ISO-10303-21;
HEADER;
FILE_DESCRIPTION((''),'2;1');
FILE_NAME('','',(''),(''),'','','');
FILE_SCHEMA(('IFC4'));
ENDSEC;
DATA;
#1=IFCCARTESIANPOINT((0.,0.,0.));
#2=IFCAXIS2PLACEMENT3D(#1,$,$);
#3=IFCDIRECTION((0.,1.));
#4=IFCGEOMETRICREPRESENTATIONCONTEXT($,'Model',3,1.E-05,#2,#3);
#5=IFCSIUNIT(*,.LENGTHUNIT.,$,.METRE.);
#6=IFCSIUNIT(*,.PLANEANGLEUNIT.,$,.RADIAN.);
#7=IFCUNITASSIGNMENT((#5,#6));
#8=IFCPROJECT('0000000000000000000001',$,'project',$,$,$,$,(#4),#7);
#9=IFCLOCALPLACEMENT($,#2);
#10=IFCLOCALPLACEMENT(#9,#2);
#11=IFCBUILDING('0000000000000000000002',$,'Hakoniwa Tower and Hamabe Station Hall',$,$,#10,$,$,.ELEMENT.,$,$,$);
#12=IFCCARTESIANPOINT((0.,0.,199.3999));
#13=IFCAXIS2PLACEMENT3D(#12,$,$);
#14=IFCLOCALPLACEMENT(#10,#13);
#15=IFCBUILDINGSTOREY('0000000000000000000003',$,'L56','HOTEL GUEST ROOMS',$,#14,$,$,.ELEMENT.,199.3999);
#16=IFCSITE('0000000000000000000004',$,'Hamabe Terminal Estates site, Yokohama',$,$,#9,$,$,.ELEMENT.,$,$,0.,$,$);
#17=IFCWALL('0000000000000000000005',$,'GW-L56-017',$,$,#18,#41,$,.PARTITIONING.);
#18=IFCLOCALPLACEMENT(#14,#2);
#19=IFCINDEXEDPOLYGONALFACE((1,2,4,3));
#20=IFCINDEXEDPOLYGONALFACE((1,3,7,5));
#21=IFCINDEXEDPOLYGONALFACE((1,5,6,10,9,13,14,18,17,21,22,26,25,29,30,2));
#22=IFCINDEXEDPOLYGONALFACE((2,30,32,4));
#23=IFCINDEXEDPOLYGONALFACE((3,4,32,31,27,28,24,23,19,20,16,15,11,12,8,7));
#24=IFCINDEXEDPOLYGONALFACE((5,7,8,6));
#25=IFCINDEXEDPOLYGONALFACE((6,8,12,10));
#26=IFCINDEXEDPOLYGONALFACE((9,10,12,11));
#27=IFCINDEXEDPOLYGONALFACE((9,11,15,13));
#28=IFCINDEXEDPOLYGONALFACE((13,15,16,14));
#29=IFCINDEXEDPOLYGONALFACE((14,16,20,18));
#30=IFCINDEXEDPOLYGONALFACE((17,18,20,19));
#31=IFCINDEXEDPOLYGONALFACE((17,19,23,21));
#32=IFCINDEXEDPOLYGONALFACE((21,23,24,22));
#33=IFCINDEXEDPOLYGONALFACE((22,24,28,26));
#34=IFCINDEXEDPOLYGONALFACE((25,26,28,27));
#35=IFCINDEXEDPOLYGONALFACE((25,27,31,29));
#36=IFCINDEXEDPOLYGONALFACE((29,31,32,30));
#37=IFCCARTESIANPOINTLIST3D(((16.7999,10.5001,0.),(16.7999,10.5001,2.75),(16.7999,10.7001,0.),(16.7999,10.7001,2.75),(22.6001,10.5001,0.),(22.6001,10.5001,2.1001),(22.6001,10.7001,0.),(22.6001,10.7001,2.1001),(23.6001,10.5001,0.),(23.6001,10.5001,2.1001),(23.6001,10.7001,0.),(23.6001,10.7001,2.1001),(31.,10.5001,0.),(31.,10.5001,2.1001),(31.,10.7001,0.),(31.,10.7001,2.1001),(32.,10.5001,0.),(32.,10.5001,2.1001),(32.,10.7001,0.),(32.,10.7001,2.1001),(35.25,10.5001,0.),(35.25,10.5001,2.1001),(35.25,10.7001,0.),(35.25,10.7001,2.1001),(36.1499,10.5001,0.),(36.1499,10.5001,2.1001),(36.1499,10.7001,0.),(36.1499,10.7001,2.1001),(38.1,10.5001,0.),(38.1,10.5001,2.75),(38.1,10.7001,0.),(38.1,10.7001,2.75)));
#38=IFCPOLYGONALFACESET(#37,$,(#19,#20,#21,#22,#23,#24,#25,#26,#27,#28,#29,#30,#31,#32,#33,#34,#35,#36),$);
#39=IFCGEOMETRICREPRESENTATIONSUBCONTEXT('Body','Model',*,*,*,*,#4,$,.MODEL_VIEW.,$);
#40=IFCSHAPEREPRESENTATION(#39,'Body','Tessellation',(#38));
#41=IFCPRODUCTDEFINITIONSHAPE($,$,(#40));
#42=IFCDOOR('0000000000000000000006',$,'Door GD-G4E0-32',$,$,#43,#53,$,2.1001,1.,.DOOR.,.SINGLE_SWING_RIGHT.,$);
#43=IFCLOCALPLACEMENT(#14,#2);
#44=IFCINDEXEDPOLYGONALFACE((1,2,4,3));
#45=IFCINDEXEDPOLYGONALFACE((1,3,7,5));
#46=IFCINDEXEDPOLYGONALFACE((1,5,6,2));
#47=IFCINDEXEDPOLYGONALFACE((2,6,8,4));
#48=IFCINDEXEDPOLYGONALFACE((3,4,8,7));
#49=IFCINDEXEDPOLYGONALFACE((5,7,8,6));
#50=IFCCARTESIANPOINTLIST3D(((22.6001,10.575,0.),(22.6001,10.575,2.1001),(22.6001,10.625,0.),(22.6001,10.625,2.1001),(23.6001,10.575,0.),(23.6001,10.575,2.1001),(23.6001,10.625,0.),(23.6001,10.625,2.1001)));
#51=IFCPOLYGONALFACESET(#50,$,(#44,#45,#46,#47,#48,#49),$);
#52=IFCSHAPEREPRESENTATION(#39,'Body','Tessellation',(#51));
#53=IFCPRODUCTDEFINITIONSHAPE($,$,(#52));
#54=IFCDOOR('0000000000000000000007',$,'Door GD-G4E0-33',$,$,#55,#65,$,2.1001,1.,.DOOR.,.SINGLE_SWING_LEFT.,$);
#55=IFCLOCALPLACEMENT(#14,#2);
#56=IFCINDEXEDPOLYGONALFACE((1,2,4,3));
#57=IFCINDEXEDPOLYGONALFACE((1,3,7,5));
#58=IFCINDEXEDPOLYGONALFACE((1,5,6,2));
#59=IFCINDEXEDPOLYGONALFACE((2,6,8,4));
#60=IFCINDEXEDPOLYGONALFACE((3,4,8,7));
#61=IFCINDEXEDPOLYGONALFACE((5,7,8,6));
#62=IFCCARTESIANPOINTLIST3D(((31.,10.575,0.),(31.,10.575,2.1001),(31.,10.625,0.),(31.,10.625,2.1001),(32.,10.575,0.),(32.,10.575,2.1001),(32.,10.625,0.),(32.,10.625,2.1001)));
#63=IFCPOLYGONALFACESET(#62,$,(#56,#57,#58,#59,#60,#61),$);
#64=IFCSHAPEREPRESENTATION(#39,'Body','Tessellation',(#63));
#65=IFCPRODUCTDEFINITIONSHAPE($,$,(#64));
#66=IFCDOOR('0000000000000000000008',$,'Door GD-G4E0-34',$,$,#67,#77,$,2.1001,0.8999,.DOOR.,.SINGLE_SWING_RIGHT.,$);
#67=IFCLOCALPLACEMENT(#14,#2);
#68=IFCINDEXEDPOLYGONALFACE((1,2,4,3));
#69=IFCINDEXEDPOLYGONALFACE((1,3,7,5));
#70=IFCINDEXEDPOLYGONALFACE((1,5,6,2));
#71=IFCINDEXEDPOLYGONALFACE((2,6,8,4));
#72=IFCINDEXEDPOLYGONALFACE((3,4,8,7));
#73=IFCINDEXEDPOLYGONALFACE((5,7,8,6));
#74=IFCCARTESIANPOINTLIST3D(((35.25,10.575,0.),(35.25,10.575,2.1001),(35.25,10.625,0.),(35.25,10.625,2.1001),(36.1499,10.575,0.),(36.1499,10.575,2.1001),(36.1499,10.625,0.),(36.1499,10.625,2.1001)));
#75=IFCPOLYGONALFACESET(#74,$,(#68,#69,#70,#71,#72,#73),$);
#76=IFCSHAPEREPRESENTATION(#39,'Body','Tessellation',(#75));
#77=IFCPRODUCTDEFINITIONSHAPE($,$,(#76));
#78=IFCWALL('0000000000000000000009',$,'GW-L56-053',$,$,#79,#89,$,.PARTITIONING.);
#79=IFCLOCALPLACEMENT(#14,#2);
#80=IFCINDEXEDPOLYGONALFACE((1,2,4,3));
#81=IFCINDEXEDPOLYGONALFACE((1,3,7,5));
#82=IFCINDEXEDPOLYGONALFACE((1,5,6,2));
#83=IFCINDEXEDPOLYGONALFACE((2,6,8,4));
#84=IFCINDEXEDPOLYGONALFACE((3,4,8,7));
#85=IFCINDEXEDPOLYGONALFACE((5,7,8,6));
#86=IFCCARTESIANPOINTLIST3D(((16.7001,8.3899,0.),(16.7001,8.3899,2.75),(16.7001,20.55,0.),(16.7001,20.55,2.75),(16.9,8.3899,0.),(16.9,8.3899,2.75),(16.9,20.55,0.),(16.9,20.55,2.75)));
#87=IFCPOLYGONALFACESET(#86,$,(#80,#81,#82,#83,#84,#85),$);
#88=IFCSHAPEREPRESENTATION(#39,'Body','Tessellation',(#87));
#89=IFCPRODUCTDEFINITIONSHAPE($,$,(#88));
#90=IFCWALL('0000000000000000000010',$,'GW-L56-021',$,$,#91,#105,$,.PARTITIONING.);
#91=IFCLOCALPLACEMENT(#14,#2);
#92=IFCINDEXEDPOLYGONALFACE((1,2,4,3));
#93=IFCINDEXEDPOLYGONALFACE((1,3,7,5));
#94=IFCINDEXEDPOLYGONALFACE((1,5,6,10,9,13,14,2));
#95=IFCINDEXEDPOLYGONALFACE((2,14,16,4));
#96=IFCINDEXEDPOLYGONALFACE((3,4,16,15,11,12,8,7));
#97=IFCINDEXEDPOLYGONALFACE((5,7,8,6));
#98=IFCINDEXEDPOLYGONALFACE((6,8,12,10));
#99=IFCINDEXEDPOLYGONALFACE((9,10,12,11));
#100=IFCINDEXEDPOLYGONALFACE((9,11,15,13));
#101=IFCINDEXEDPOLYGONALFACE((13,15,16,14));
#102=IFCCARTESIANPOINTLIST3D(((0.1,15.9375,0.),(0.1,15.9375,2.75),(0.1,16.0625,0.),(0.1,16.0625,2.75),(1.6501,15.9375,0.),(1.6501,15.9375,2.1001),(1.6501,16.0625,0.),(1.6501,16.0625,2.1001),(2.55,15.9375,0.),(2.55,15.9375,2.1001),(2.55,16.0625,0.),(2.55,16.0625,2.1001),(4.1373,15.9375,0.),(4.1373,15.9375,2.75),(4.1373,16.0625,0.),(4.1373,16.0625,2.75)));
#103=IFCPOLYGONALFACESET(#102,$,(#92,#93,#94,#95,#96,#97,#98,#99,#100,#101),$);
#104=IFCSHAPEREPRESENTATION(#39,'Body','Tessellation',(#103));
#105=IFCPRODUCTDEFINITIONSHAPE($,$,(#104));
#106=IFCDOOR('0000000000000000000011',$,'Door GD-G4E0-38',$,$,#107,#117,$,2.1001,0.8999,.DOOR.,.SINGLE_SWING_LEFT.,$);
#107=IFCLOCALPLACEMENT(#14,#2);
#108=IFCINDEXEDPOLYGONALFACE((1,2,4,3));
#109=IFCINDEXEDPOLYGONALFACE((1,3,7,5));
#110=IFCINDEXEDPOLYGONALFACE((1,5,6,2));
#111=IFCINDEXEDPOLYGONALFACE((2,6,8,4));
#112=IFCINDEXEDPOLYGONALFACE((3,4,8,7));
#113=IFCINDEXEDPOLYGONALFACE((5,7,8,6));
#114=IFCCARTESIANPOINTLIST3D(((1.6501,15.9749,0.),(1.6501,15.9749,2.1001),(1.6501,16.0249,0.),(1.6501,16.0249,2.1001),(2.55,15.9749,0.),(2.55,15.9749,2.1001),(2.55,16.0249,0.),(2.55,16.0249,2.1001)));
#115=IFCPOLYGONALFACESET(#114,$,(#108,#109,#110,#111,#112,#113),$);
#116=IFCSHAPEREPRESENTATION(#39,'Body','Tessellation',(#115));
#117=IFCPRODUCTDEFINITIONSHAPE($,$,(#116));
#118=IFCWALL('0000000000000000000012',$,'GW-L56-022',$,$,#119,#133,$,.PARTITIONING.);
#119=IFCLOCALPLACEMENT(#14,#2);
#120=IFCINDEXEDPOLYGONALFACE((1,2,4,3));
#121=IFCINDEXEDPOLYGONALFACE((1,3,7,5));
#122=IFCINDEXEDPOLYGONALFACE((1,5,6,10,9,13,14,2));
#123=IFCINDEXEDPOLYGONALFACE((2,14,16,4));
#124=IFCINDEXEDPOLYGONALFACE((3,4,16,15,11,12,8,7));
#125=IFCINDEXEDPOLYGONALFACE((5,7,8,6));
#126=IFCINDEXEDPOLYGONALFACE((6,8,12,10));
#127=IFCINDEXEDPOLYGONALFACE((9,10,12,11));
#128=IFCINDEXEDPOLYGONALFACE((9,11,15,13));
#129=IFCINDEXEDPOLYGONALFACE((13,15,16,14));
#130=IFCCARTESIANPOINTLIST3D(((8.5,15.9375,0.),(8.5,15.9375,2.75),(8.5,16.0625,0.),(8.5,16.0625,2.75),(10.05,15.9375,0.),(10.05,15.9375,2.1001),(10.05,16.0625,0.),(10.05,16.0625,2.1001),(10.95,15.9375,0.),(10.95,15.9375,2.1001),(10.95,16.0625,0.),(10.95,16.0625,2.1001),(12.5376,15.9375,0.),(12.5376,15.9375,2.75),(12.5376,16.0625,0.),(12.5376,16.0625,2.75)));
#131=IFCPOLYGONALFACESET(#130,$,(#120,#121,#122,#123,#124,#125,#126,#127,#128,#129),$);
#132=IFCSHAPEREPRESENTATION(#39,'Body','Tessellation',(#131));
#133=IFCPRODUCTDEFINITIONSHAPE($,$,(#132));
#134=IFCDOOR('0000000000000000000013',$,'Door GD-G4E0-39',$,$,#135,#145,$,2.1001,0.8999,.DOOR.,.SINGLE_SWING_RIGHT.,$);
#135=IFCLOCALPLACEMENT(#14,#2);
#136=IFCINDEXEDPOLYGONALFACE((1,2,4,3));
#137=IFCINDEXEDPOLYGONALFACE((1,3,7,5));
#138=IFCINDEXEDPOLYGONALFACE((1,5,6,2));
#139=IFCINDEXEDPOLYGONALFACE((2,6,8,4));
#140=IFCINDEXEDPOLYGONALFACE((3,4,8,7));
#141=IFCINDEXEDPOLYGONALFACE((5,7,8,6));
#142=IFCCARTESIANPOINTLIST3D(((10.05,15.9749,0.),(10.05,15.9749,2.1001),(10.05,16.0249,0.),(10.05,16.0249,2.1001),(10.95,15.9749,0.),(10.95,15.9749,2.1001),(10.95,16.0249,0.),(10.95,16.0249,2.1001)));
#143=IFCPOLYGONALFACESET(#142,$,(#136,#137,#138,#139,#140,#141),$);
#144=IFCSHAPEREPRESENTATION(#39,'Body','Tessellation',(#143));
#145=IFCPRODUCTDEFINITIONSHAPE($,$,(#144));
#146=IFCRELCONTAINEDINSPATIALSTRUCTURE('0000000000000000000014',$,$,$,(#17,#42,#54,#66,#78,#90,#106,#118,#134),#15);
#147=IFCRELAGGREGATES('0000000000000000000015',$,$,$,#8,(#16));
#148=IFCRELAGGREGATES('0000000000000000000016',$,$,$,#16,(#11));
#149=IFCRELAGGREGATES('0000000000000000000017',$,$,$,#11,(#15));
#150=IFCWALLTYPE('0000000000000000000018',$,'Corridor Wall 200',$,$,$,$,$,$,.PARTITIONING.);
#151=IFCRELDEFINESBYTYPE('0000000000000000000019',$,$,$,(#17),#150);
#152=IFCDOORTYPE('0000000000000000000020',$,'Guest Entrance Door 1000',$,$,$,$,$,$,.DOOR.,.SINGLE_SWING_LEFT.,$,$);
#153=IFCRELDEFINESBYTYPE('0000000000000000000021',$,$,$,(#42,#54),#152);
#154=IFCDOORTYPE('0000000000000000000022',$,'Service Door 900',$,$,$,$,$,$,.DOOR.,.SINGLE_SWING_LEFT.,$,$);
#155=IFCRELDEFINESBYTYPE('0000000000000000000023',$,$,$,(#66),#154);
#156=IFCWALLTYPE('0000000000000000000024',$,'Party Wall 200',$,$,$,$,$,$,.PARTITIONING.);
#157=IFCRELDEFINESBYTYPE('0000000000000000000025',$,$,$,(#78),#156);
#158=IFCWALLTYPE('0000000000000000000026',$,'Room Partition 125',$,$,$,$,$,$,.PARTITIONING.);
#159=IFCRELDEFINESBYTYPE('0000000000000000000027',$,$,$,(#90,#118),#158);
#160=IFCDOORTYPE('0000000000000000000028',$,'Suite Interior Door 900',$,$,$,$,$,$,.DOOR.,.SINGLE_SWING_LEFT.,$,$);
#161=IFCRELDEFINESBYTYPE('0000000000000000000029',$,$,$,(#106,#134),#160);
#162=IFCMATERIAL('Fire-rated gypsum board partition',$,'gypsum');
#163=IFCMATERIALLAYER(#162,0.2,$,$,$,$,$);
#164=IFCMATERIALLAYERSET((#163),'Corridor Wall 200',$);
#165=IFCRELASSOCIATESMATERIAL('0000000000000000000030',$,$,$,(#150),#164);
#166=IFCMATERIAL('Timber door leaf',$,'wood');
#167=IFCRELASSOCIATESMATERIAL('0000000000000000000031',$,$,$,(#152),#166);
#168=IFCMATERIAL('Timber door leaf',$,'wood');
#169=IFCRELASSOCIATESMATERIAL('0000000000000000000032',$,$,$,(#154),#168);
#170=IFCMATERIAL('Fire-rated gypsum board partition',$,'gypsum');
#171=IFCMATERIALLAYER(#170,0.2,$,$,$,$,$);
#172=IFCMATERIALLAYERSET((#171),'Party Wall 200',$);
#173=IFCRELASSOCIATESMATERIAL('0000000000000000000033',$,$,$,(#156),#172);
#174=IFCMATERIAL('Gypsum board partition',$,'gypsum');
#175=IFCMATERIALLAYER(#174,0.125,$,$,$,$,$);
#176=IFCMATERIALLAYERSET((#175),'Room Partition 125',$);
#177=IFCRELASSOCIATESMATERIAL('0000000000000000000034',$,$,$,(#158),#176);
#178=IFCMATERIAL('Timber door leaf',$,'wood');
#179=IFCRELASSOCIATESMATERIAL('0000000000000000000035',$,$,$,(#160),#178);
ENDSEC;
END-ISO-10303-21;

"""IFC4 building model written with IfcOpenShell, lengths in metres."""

from ifc_helpers import new_model, si_unit, direction, frame, frame_2d, origin, place, context, subcontext, project, spatial, rectangle, extrude, material, layer, layer_set, type_object, element, fill, save


model = new_model("IFC4")

# Units and contexts
model_context = context("Model", 3, precision=1e-05, world=origin(), true_north=direction((0.0, 1.0)))
body_context = subcontext(model_context, "Body", "Model", "MODEL_VIEW")
ifc_project = project(units=[si_unit("LENGTHUNIT", "METRE"), si_unit("PLANEANGLEUNIT", "RADIAN")], contexts=[model_context])

# Site, building, storey
site_placement = place(None, origin())
site = spatial("IfcSite", under=ifc_project, at=site_placement, Name="Hamabe Terminal Estates site, Yokohama", CompositionType="ELEMENT", RefElevation=0.0)
building_placement = place(site_placement, origin())
building = spatial("IfcBuilding", under=site, at=building_placement, Name="Hakoniwa Tower and Hamabe Station Hall", CompositionType="ELEMENT")
storey_placement = place(building_placement, frame((0.0, 0.0, 199.3999)))
storey = spatial("IfcBuildingStorey", under=building, at=storey_placement, Name="L56", Description="HOTEL GUEST ROOMS", CompositionType="ELEMENT", Elevation=199.3999)

# Wall, openings, doors
ifc_material_1 = material(Name="Fire-rated gypsum board partition", Category="gypsum")
ifc_layer_1 = layer(ifc_material_1, 0.2)
ifc_layer_set_1 = layer_set([ifc_layer_1], Name="Corridor Wall 200")
wall_type_1 = type_object("IfcWallType", Name="Corridor Wall 200", PredefinedType="PARTITIONING", material=ifc_layer_set_1)
wall_1_placement = place(storey_placement, frame((16.8, 10.6001, 0.0), z_axis=(0.0, 0.0, 1.0), x_axis=(1.0, 0.0, 0.0)))
wall_1 = element("IfcWall", 1, at=wall_1_placement, inside=storey, type_object=wall_type_1, Name="GW-L56-017", PredefinedType="PARTITIONING", context=body_context, shape_type="SweptSolid", body=[
    extrude(rectangle(XDim=21.3, YDim=0.2, at=frame_2d((10.6499, 0.0))), origin(), (0.0, 0.0, 1.0), 2.75),
])
opening_1_placement = place(wall_1_placement, frame((5.8, 0.0, 0.0)))
opening_1 = element("IfcOpeningElement", 2, at=opening_1_placement, cuts=wall_1, PredefinedType="OPENING", context=body_context, shape_type="SweptSolid", body=[
    extrude(rectangle(XDim=1.0, YDim=2.1001, at=frame_2d((0.5, 1.05))), frame((0.0, 0.1099, 0.0), z_axis=(0.0, -1.0, 0.0), x_axis=(1.0, 0.0, 0.0)), (0.0, 0.0, 1.0), 0.22),
])
opening_2_placement = place(wall_1_placement, frame((14.2, 0.0, 0.0)))
opening_2 = element("IfcOpeningElement", 3, at=opening_2_placement, cuts=wall_1, PredefinedType="OPENING", context=body_context, shape_type="SweptSolid", body=[
    extrude(rectangle(XDim=1.0, YDim=2.1001, at=frame_2d((0.5, 1.05))), frame((0.0, 0.1099, 0.0), z_axis=(0.0, -1.0, 0.0), x_axis=(1.0, 0.0, 0.0)), (0.0, 0.0, 1.0), 0.22),
])
opening_3_placement = place(wall_1_placement, frame((18.45, 0.0, 0.0)))
opening_3 = element("IfcOpeningElement", 4, at=opening_3_placement, cuts=wall_1, PredefinedType="OPENING", context=body_context, shape_type="SweptSolid", body=[
    extrude(rectangle(XDim=0.8999, YDim=2.1001, at=frame_2d((0.45, 1.05))), frame((0.0, 0.1099, 0.0), z_axis=(0.0, -1.0, 0.0), x_axis=(1.0, 0.0, 0.0)), (0.0, 0.0, 1.0), 0.22),
])
ifc_material_2 = material(Name="Timber door leaf", Category="wood")
door_type_1 = type_object("IfcDoorType", Name="Guest Entrance Door 1000", OperationType="SINGLE_SWING_LEFT", PredefinedType="DOOR", material=ifc_material_2)
door_1_placement = place(opening_1_placement, origin())
door_1 = element("IfcDoor", 5, at=door_1_placement, inside=storey, type_object=door_type_1, Name="Door GD-G4E0-32", OperationType="SINGLE_SWING_RIGHT", OverallHeight=2.1001, OverallWidth=1.0, PredefinedType="DOOR", context=body_context, shape_type="SweptSolid", body=[
    extrude(rectangle(XDim=1.0, YDim=2.1001, at=frame_2d((0.5, 1.05))), frame((0.0, 0.0249, 0.0), z_axis=(0.0, -1.0, 0.0), x_axis=(1.0, 0.0, 0.0)), (0.0, 0.0, 1.0), 0.05),
])
fill(opening_1, door_1)
door_2_placement = place(opening_2_placement, origin())
door_2 = element("IfcDoor", 6, at=door_2_placement, inside=storey, type_object=door_type_1, Name="Door GD-G4E0-33", OperationType="SINGLE_SWING_LEFT", OverallHeight=2.1001, OverallWidth=1.0, PredefinedType="DOOR", context=body_context, shape_type="SweptSolid", body=[
    extrude(rectangle(XDim=1.0, YDim=2.1001, at=frame_2d((0.5, 1.05))), frame((0.0, 0.0249, 0.0), z_axis=(0.0, -1.0, 0.0), x_axis=(1.0, 0.0, 0.0)), (0.0, 0.0, 1.0), 0.05),
])
fill(opening_2, door_2)
ifc_material_3 = material(Name="Timber door leaf", Category="wood")
door_type_2 = type_object("IfcDoorType", Name="Service Door 900", OperationType="SINGLE_SWING_LEFT", PredefinedType="DOOR", material=ifc_material_3)
door_3_placement = place(opening_3_placement, origin())
door_3 = element("IfcDoor", 7, at=door_3_placement, inside=storey, type_object=door_type_2, Name="Door GD-G4E0-34", OperationType="SINGLE_SWING_RIGHT", OverallHeight=2.1001, OverallWidth=0.8999, PredefinedType="DOOR", context=body_context, shape_type="SweptSolid", body=[
    extrude(rectangle(XDim=0.8999, YDim=2.1001, at=frame_2d((0.45, 1.05))), frame((0.0, 0.0249, 0.0), z_axis=(0.0, -1.0, 0.0), x_axis=(1.0, 0.0, 0.0)), (0.0, 0.0, 1.0), 0.05),
])
fill(opening_3, door_3)

# Wall
ifc_material_4 = material(Name="Fire-rated gypsum board partition", Category="gypsum")
ifc_layer_2 = layer(ifc_material_4, 0.2)
ifc_layer_set_2 = layer_set([ifc_layer_2], Name="Party Wall 200")
wall_type_2 = type_object("IfcWallType", Name="Party Wall 200", PredefinedType="PARTITIONING", material=ifc_layer_set_2)
wall_2_placement = place(storey_placement, frame((16.8, 8.3899, 0.0), z_axis=(0.0, 0.0, 1.0), x_axis=(0.0, 1.0, 0.0)))
element("IfcWall", 8, at=wall_2_placement, inside=storey, type_object=wall_type_2, Name="GW-L56-053", PredefinedType="PARTITIONING", context=body_context, shape_type="SweptSolid", body=[
    extrude(rectangle(XDim=12.1602, YDim=0.2, at=frame_2d((6.0801, 0.0))), origin(), (0.0, 0.0, 1.0), 2.75),
])

# Walls, openings, doors
ifc_material_5 = material(Name="Gypsum board partition", Category="gypsum")
ifc_layer_3 = layer(ifc_material_5, 0.125)
ifc_layer_set_3 = layer_set([ifc_layer_3], Name="Room Partition 125")
wall_type_3 = type_object("IfcWallType", Name="Room Partition 125", PredefinedType="PARTITIONING", material=ifc_layer_set_3)
wall_3_placement = place(storey_placement, frame((0.1001, 16.0, 0.0), z_axis=(0.0, 0.0, 1.0), x_axis=(1.0, 0.0, 0.0)))
wall_3 = element("IfcWall", 9, at=wall_3_placement, inside=storey, type_object=wall_type_3, Name="GW-L56-021", PredefinedType="PARTITIONING", context=body_context, shape_type="SweptSolid", body=[
    extrude(rectangle(XDim=4.0374, YDim=0.125, at=frame_2d((2.0186, 0.0))), origin(), (0.0, 0.0, 1.0), 2.75),
])
opening_4_placement = place(wall_3_placement, frame((1.55, 0.0, 0.0)))
opening_4 = element("IfcOpeningElement", 10, at=opening_4_placement, cuts=wall_3, PredefinedType="OPENING", context=body_context, shape_type="SweptSolid", body=[
    extrude(rectangle(XDim=0.8999, YDim=2.1001, at=frame_2d((0.45, 1.05))), frame((0.0, 0.0725, 0.0), z_axis=(0.0, -1.0, 0.0), x_axis=(1.0, 0.0, 0.0)), (0.0, 0.0, 1.0), 0.145),
])
ifc_material_6 = material(Name="Timber door leaf", Category="wood")
door_type_3 = type_object("IfcDoorType", Name="Suite Interior Door 900", OperationType="SINGLE_SWING_LEFT", PredefinedType="DOOR", material=ifc_material_6)
door_4_placement = place(opening_4_placement, origin())
door_4 = element("IfcDoor", 11, at=door_4_placement, inside=storey, type_object=door_type_3, Name="Door GD-G4E0-38", OperationType="SINGLE_SWING_LEFT", OverallHeight=2.1001, OverallWidth=0.8999, PredefinedType="DOOR", context=body_context, shape_type="SweptSolid", body=[
    extrude(rectangle(XDim=0.8999, YDim=2.1001, at=frame_2d((0.45, 1.05))), frame((0.0, 0.0249, 0.0), z_axis=(0.0, -1.0, 0.0), x_axis=(1.0, 0.0, 0.0)), (0.0, 0.0, 1.0), 0.05),
])
fill(opening_4, door_4)
wall_4_placement = place(storey_placement, frame((8.5, 16.0, 0.0), z_axis=(0.0, 0.0, 1.0), x_axis=(1.0, 0.0, 0.0)))
wall_4 = element("IfcWall", 12, at=wall_4_placement, inside=storey, type_object=wall_type_3, Name="GW-L56-022", PredefinedType="PARTITIONING", context=body_context, shape_type="SweptSolid", body=[
    extrude(rectangle(XDim=4.0376, YDim=0.125, at=frame_2d((2.0188, 0.0))), origin(), (0.0, 0.0, 1.0), 2.75),
])
opening_5_placement = place(wall_4_placement, frame((1.55, 0.0, 0.0)))
opening_5 = element("IfcOpeningElement", 13, at=opening_5_placement, cuts=wall_4, PredefinedType="OPENING", context=body_context, shape_type="SweptSolid", body=[
    extrude(rectangle(XDim=0.8999, YDim=2.1001, at=frame_2d((0.45, 1.05))), frame((0.0, 0.0725, 0.0), z_axis=(0.0, -1.0, 0.0), x_axis=(1.0, 0.0, 0.0)), (0.0, 0.0, 1.0), 0.145),
])
door_5_placement = place(opening_5_placement, origin())
door_5 = element("IfcDoor", 14, at=door_5_placement, inside=storey, type_object=door_type_3, Name="Door GD-G4E0-39", OperationType="SINGLE_SWING_RIGHT", OverallHeight=2.1001, OverallWidth=0.8999, PredefinedType="DOOR", context=body_context, shape_type="SweptSolid", body=[
    extrude(rectangle(XDim=0.8999, YDim=2.1001, at=frame_2d((0.45, 1.05))), frame((0.0, 0.0249, 0.0), z_axis=(0.0, -1.0, 0.0), x_axis=(1.0, 0.0, 0.0)), (0.0, 0.0, 1.0), 0.05),
])
fill(opening_5, door_5)

save(model, "model.ifc")
